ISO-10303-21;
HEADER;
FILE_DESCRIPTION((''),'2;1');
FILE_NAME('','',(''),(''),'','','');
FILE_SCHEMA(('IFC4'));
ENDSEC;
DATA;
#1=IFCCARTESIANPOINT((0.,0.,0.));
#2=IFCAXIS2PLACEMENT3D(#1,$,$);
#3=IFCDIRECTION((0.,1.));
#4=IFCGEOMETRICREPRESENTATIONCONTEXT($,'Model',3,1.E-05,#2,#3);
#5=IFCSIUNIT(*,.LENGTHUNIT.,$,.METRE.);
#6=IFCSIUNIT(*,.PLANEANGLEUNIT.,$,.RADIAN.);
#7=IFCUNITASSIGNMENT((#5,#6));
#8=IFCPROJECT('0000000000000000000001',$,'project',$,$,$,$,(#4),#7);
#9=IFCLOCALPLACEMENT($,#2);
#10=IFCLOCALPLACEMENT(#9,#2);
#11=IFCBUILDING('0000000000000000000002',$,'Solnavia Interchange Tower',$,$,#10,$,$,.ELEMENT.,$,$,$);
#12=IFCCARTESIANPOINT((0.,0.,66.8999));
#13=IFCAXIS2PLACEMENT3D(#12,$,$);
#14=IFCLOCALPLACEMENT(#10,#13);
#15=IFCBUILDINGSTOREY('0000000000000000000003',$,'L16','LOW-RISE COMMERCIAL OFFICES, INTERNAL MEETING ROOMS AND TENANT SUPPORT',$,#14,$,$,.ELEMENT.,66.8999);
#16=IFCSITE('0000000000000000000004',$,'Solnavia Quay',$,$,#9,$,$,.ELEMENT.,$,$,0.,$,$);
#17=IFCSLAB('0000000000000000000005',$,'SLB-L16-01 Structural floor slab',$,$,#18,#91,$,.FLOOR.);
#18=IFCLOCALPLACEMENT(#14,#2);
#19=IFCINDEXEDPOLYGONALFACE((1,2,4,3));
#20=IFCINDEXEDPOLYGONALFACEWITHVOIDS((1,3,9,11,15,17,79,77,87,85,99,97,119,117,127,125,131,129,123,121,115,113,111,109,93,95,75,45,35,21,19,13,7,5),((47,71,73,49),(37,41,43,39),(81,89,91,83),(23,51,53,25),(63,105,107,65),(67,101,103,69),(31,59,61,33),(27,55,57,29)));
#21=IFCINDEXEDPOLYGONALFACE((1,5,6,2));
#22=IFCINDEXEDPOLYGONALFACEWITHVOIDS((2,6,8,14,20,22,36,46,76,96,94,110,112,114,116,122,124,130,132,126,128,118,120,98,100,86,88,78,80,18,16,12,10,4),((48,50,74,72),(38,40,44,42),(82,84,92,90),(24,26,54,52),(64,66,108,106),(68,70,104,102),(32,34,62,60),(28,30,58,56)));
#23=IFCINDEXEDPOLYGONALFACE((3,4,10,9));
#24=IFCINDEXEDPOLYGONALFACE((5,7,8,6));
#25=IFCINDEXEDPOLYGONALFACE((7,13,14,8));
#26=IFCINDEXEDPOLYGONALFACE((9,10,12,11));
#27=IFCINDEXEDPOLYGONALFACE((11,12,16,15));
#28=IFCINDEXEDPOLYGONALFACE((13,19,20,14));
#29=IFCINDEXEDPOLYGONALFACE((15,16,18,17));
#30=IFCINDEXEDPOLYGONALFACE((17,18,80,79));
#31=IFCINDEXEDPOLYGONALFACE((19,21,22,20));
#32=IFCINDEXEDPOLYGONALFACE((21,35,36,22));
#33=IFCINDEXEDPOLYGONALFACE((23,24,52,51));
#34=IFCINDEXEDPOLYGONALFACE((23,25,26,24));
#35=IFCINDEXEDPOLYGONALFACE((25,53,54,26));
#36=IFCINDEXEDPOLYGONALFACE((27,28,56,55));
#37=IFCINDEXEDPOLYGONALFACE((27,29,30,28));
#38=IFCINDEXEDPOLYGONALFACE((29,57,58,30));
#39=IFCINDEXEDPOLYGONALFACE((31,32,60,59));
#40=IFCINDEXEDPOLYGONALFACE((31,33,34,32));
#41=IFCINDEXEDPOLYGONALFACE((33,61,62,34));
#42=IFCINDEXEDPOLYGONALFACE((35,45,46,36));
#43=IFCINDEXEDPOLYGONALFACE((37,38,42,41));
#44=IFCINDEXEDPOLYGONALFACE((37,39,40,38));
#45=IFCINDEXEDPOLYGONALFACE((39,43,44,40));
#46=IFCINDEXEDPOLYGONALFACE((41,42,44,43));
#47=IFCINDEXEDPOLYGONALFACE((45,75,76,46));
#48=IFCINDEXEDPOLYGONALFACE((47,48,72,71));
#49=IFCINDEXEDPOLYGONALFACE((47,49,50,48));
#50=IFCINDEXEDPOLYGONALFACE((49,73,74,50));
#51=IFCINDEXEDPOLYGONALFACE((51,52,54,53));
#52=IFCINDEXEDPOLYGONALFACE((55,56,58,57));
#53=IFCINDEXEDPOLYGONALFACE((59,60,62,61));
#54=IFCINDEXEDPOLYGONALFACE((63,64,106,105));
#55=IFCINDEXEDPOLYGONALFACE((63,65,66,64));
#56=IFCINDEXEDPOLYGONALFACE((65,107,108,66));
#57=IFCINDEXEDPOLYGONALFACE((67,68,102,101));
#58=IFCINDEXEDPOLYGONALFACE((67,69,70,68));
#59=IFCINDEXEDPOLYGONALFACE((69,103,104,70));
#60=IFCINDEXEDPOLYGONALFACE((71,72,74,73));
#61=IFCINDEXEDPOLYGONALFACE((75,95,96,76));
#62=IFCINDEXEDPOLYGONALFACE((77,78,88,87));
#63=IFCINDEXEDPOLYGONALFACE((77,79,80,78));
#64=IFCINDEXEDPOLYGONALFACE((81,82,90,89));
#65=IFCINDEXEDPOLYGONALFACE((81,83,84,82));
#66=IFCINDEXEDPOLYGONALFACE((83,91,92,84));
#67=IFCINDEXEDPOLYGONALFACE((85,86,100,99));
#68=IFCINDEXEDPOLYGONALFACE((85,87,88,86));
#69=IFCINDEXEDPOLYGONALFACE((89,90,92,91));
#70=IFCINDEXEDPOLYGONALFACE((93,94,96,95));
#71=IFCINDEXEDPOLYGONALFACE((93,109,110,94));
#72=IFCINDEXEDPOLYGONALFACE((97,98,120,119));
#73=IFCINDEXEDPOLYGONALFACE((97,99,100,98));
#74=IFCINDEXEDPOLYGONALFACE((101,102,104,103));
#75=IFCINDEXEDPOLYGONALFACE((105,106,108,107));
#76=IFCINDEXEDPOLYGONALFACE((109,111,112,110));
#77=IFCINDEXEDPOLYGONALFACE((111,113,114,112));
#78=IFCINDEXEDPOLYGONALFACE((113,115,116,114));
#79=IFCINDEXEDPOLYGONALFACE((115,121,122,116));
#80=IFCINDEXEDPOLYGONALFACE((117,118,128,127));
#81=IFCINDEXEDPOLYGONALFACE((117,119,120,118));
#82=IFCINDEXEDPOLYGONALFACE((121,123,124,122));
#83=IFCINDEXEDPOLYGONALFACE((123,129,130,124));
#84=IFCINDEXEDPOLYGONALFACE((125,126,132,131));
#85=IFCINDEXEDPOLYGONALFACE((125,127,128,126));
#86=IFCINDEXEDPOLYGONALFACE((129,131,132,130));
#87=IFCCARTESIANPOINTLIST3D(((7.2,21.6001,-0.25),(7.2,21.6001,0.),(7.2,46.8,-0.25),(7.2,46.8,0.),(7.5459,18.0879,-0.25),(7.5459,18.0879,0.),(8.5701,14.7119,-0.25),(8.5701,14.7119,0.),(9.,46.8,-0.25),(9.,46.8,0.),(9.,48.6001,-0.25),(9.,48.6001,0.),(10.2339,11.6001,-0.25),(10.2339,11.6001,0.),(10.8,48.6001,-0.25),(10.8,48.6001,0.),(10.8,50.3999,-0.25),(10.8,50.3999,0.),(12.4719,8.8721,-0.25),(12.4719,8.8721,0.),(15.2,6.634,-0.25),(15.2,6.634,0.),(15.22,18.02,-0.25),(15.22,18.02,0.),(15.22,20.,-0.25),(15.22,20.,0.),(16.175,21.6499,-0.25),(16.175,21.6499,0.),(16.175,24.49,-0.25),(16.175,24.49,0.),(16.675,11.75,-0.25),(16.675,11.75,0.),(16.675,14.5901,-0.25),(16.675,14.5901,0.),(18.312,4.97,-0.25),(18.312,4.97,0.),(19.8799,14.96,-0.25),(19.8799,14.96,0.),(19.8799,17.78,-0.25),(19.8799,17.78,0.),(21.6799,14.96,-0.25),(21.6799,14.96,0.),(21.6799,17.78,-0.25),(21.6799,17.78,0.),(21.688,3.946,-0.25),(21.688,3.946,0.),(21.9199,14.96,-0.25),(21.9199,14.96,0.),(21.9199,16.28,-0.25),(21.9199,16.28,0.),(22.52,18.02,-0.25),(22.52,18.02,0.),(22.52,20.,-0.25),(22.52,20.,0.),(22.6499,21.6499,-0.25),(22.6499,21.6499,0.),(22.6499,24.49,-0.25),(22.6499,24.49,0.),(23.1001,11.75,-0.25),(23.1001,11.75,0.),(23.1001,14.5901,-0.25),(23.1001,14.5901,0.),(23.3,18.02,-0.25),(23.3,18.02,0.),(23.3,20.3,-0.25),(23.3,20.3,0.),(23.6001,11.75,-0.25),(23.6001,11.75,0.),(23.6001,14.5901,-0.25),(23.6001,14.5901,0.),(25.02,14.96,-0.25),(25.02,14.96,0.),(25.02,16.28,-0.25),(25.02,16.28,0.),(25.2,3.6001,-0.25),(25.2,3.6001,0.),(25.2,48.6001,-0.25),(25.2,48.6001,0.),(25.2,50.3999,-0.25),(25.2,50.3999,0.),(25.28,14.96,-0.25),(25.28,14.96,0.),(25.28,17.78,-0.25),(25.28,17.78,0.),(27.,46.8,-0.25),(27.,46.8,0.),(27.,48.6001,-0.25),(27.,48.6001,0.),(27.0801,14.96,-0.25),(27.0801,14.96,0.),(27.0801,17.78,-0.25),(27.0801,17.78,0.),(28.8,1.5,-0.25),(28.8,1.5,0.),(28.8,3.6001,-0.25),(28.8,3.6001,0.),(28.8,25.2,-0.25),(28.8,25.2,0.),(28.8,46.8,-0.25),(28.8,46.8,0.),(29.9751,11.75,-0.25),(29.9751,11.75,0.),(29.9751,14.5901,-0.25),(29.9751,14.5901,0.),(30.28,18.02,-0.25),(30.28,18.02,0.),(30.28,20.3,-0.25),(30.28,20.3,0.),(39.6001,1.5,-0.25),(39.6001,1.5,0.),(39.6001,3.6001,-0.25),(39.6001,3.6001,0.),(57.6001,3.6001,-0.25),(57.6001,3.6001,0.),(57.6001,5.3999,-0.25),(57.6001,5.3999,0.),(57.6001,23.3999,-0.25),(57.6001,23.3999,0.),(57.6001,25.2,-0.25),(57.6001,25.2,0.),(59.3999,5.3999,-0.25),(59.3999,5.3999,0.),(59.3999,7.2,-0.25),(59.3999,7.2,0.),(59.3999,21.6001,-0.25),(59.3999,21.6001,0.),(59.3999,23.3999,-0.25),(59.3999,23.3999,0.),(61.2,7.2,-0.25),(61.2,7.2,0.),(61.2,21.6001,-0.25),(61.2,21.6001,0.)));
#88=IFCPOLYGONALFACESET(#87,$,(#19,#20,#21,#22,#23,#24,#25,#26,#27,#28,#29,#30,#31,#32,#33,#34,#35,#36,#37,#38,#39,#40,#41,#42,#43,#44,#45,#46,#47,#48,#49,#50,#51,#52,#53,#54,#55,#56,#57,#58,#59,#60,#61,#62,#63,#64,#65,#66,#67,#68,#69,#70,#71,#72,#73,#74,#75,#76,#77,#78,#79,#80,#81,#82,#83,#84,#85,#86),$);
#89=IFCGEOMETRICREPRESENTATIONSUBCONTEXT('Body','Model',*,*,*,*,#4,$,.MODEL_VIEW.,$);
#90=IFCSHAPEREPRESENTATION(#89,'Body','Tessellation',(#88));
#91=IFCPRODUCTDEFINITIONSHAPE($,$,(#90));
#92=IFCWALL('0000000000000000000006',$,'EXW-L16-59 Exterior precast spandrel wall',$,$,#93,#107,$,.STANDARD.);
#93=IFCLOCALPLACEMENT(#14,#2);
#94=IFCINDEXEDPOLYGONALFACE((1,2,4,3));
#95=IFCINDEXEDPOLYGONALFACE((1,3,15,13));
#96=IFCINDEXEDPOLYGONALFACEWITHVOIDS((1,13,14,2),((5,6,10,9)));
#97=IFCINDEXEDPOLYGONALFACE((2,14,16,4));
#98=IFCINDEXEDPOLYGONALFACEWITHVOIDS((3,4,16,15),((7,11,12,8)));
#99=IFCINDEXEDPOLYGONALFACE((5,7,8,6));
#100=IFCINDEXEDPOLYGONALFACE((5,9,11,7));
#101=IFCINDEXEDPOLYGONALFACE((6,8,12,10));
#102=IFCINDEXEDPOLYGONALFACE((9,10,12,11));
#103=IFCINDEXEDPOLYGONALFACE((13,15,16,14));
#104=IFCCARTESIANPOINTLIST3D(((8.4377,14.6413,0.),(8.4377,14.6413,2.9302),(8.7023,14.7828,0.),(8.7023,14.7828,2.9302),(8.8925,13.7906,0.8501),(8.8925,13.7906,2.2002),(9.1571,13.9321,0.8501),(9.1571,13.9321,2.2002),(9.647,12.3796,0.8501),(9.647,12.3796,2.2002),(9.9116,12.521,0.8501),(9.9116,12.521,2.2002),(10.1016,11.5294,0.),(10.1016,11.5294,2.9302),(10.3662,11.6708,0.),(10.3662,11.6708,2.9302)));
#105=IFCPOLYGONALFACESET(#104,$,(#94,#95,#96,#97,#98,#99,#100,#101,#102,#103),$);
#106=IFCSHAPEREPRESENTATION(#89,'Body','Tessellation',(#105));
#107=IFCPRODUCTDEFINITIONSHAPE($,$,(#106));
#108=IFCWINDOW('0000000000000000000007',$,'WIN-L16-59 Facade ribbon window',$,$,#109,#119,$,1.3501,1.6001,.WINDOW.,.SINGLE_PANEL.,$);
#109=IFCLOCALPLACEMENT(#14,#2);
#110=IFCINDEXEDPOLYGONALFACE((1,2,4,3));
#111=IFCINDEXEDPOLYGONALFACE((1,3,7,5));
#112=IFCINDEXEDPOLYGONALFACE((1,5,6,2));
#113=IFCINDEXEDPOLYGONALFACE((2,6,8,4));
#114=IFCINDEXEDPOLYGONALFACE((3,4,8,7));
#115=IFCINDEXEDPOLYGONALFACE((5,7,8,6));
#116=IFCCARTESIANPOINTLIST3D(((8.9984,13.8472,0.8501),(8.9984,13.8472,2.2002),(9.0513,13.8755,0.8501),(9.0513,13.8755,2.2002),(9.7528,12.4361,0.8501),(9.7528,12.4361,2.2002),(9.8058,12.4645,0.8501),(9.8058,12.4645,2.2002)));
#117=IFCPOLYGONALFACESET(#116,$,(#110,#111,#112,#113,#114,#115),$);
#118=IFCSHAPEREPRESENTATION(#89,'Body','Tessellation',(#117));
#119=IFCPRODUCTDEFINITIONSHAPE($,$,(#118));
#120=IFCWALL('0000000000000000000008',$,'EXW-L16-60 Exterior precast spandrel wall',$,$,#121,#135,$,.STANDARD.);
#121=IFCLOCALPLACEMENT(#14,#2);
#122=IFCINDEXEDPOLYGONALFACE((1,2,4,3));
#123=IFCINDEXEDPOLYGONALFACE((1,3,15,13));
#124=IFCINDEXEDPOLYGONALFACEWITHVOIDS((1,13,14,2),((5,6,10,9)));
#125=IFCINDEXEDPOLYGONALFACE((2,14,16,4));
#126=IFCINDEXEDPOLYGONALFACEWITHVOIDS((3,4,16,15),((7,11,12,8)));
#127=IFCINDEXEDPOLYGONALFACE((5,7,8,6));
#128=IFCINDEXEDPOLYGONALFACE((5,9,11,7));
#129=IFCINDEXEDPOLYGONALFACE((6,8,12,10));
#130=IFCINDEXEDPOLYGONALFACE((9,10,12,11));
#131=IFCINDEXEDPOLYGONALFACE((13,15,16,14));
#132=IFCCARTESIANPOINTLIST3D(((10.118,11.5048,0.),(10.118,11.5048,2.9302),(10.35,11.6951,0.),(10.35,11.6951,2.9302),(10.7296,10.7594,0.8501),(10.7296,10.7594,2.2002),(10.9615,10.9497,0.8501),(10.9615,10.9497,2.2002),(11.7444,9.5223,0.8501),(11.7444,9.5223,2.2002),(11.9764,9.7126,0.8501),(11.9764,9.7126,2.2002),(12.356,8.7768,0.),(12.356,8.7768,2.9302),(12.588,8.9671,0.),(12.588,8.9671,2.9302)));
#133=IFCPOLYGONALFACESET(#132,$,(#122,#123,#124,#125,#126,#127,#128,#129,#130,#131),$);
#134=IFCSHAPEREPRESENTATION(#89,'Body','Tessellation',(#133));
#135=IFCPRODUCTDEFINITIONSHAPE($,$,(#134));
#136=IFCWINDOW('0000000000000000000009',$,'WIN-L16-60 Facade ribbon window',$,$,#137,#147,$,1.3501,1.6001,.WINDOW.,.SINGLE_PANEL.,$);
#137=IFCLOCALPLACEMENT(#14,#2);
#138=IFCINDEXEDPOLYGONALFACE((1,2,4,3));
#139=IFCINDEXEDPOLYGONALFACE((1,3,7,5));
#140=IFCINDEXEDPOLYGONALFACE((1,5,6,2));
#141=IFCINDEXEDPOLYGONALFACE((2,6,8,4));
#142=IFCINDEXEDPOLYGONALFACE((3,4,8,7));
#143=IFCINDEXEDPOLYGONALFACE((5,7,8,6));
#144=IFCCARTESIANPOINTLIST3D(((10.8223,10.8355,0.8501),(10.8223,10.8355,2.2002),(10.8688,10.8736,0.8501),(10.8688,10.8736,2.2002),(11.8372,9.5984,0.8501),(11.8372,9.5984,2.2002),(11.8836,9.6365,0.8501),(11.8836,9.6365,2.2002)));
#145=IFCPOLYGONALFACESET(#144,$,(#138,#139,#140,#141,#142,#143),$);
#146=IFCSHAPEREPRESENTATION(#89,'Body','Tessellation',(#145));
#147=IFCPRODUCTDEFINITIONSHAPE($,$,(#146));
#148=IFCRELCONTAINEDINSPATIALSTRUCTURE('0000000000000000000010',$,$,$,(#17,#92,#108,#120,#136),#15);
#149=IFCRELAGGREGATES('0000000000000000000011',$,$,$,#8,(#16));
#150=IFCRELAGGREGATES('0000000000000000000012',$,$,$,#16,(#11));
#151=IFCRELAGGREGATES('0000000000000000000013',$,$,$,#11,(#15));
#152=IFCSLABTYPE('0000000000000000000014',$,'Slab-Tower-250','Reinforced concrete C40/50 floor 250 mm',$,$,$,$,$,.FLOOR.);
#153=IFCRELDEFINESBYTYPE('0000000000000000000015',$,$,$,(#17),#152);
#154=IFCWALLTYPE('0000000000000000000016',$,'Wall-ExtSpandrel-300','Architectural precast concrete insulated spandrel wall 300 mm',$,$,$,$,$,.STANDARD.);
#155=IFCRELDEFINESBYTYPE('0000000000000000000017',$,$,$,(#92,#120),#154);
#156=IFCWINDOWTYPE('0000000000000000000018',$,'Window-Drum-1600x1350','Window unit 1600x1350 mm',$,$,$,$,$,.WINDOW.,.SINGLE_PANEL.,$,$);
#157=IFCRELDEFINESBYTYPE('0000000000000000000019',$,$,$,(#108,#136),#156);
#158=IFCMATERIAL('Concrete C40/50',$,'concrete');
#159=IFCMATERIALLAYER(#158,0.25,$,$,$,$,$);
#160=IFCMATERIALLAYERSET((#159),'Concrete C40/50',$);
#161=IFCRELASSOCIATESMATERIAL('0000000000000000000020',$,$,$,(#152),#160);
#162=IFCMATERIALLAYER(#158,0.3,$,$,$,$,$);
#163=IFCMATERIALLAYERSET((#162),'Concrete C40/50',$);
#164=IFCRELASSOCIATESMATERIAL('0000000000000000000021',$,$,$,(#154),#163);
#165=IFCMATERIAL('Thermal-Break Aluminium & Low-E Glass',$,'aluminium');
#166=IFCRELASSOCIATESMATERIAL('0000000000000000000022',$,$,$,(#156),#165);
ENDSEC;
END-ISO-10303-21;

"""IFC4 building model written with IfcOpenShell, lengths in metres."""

from ifc_helpers import new_model, si_unit, direction, frame, frame_2d, origin, place, context, subcontext, project, spatial, polyline, rectangle, outline, extrude, material, layer, layer_set, type_object, element, fill, save


model = new_model("IFC4")

# Units and contexts
model_context = context("Model", 3, precision=1e-05, world=origin(), true_north=direction((0.0, 1.0)))
body_context = subcontext(model_context, "Body", "Model", "MODEL_VIEW")
ifc_project = project(units=[si_unit("LENGTHUNIT", "METRE"), si_unit("PLANEANGLEUNIT", "RADIAN")], contexts=[model_context])

# Site, building, storey
site_placement = place(None, origin())
site = spatial("IfcSite", under=ifc_project, at=site_placement, Name="Solnavia Quay", CompositionType="ELEMENT", RefElevation=0.0)
building_placement = place(site_placement, origin())
building = spatial("IfcBuilding", under=site, at=building_placement, Name="Solnavia Interchange Tower", CompositionType="ELEMENT")
storey_placement = place(building_placement, frame((0.0, 0.0, 66.8999)))
storey = spatial("IfcBuildingStorey", under=building, at=storey_placement, Name="L16", Description="LOW-RISE COMMERCIAL OFFICES, INTERNAL MEETING ROOMS AND TENANT SUPPORT", CompositionType="ELEMENT", Elevation=66.8999)

# Shared definitions
ifc_material_1 = material(Name="Concrete C40/50", Category="concrete")

# Slab
ifc_layer_1 = layer(ifc_material_1, 0.25)
ifc_layer_set_1 = layer_set([ifc_layer_1], Name="Concrete C40/50")
slab_type_1 = type_object("IfcSlabType", Name="Slab-Tower-250", Description="Reinforced concrete C40/50 floor 250 mm", PredefinedType="FLOOR", material=ifc_layer_set_1)
slab_1_placement = place(storey_placement, frame((0.0, 0.0, -0.25)))
element("IfcSlab", 1, at=slab_1_placement, inside=storey, type_object=slab_type_1, Name="SLB-L16-01 Structural floor slab", PredefinedType="FLOOR", context=body_context, shape_type="SweptSolid", body=[
    extrude(outline(polyline([(25.2, 3.6001), (28.8, 3.6001), (28.8, 1.5), (39.6001, 1.5), (39.6001, 3.6001), (57.6001, 3.6001), (57.6001, 5.3999), (59.3999, 5.3999), (59.3999, 7.2), (61.2, 7.2), (61.2, 21.6001), (59.3999, 21.6001), (59.3999, 23.3999), (57.6001, 23.3999), (57.6001, 25.2), (28.8, 25.2), (28.8, 46.8), (27.0, 46.8), (27.0, 48.6001), (25.2, 48.6001), (25.2, 50.3999), (10.8, 50.3999), (10.8, 48.6001), (9.0, 48.6001), (9.0, 46.8), (7.2, 46.8), (7.2, 21.6001), (7.5459, 18.0879), (8.5701, 14.7119), (10.2339, 11.6001), (12.4719, 8.8721), (15.2, 6.634), (18.312, 4.97), (21.688, 3.946), (25.2, 3.6001)]), holes=[polyline([(16.675, 11.75), (23.1001, 11.75), (23.1001, 14.5901), (16.675, 14.5901), (16.675, 11.75)]), polyline([(23.6001, 11.75), (29.9751, 11.75), (29.9751, 14.5901), (23.6001, 14.5901), (23.6001, 11.75)]), polyline([(16.175, 21.6499), (22.6499, 21.6499), (22.6499, 24.49), (16.175, 24.49), (16.175, 21.6499)]), polyline([(19.8799, 14.96), (21.6799, 14.96), (21.6799, 17.78), (19.8799, 17.78), (19.8799, 14.96)]), polyline([(25.28, 14.96), (27.0801, 14.96), (27.0801, 17.78), (25.28, 17.78), (25.28, 14.96)]), polyline([(21.9199, 14.96), (25.02, 14.96), (25.02, 16.28), (21.9199, 16.28), (21.9199, 14.96)]), polyline([(15.22, 18.02), (22.52, 18.02), (22.52, 20.0), (15.22, 20.0), (15.22, 18.02)]), polyline([(23.3, 18.02), (30.28, 18.02), (30.28, 20.3), (23.3, 20.3), (23.3, 18.02)])]), origin(), (0.0, 0.0, 1.0), 0.25),
])

# Walls, openings, windows
ifc_layer_2 = layer(ifc_material_1, 0.3)
ifc_layer_set_2 = layer_set([ifc_layer_2], Name="Concrete C40/50")
wall_type_1 = type_object("IfcWallType", Name="Wall-ExtSpandrel-300", Description="Architectural precast concrete insulated spandrel wall 300 mm", PredefinedType="STANDARD", material=ifc_layer_set_2)
wall_1_placement = place(storey_placement, frame((10.2339, 11.6001, 0.0), z_axis=(0.0, 0.0, 1.0), x_axis=(-0.471511, 0.88186, 0.0)))
wall_1 = element("IfcWall", 2, at=wall_1_placement, inside=storey, type_object=wall_type_1, Name="EXW-L16-59 Exterior precast spandrel wall", PredefinedType="STANDARD", context=body_context, shape_type="SweptSolid", body=[
    extrude(rectangle(XDim=3.5288, YDim=0.3, at=frame_2d((1.7644, 0.0))), origin(), (0.0, 0.0, 1.0), 2.9302),
])
opening_1_placement = place(wall_1_placement, frame((0.9641, 0.0, 0.8501)))
opening_1 = element("IfcOpeningElement", 3, at=opening_1_placement, cuts=wall_1, PredefinedType="OPENING", context=body_context, shape_type="SweptSolid", body=[
    extrude(rectangle(XDim=1.6001, YDim=1.3501, at=frame_2d((0.8, 0.675))), frame((0.0, 0.1602, 0.0), z_axis=(0.0, -1.0, 0.0), x_axis=(1.0, 0.0, 0.0)), (0.0, 0.0, 1.0), 0.3201),
])
ifc_material_2 = material(Name="Thermal-Break Aluminium & Low-E Glass", Category="aluminium")
window_type = type_object("IfcWindowType", Name="Window-Drum-1600x1350", Description="Window unit 1600x1350 mm", PartitioningType="SINGLE_PANEL", PredefinedType="WINDOW", material=ifc_material_2)
window_1_placement = place(opening_1_placement, origin())
window_1 = element("IfcWindow", 4, at=window_1_placement, inside=storey, type_object=window_type, Name="WIN-L16-59 Facade ribbon window", OverallHeight=1.3501, OverallWidth=1.6001, PartitioningType="SINGLE_PANEL", PredefinedType="WINDOW", context=body_context, shape_type="SweptSolid", body=[
    extrude(rectangle(XDim=1.6001, YDim=1.3501, at=frame_2d((0.8, 0.675))), frame((0.0, 0.03, 0.0), z_axis=(0.0, -1.0, 0.0), x_axis=(1.0, 0.0, 0.0)), (0.0, 0.0, 1.0), 0.0601),
])
fill(opening_1, window_1)
wall_2_placement = place(storey_placement, frame((12.4719, 8.8721, 0.0), z_axis=(0.0, 0.0, 1.0), x_axis=(-0.634258, 0.773121, 0.0)))
wall_2 = element("IfcWall", 5, at=wall_2_placement, inside=storey, type_object=wall_type_1, Name="EXW-L16-60 Exterior precast spandrel wall", PredefinedType="STANDARD", context=body_context, shape_type="SweptSolid", body=[
    extrude(rectangle(XDim=3.5286, YDim=0.3, at=frame_2d((1.7642, 0.0))), origin(), (0.0, 0.0, 1.0), 2.9302),
])
opening_2_placement = place(wall_2_placement, frame((0.9641, 0.0, 0.8501)))
opening_2 = element("IfcOpeningElement", 6, at=opening_2_placement, cuts=wall_2, PredefinedType="OPENING", context=body_context, shape_type="SweptSolid", body=[
    extrude(rectangle(XDim=1.6001, YDim=1.3501, at=frame_2d((0.8, 0.675))), frame((0.0, 0.1602, 0.0), z_axis=(0.0, -1.0, 0.0), x_axis=(1.0, 0.0, 0.0)), (0.0, 0.0, 1.0), 0.3201),
])
window_2_placement = place(opening_2_placement, origin())
window_2 = element("IfcWindow", 7, at=window_2_placement, inside=storey, type_object=window_type, Name="WIN-L16-60 Facade ribbon window", OverallHeight=1.3501, OverallWidth=1.6001, PartitioningType="SINGLE_PANEL", PredefinedType="WINDOW", context=body_context, shape_type="SweptSolid", body=[
    extrude(rectangle(XDim=1.6001, YDim=1.3501, at=frame_2d((0.8, 0.675))), frame((0.0, 0.03, 0.0), z_axis=(0.0, -1.0, 0.0), x_axis=(1.0, 0.0, 0.0)), (0.0, 0.0, 1.0), 0.0601),
])
fill(opening_2, window_2)

save(model, "model.ifc")
